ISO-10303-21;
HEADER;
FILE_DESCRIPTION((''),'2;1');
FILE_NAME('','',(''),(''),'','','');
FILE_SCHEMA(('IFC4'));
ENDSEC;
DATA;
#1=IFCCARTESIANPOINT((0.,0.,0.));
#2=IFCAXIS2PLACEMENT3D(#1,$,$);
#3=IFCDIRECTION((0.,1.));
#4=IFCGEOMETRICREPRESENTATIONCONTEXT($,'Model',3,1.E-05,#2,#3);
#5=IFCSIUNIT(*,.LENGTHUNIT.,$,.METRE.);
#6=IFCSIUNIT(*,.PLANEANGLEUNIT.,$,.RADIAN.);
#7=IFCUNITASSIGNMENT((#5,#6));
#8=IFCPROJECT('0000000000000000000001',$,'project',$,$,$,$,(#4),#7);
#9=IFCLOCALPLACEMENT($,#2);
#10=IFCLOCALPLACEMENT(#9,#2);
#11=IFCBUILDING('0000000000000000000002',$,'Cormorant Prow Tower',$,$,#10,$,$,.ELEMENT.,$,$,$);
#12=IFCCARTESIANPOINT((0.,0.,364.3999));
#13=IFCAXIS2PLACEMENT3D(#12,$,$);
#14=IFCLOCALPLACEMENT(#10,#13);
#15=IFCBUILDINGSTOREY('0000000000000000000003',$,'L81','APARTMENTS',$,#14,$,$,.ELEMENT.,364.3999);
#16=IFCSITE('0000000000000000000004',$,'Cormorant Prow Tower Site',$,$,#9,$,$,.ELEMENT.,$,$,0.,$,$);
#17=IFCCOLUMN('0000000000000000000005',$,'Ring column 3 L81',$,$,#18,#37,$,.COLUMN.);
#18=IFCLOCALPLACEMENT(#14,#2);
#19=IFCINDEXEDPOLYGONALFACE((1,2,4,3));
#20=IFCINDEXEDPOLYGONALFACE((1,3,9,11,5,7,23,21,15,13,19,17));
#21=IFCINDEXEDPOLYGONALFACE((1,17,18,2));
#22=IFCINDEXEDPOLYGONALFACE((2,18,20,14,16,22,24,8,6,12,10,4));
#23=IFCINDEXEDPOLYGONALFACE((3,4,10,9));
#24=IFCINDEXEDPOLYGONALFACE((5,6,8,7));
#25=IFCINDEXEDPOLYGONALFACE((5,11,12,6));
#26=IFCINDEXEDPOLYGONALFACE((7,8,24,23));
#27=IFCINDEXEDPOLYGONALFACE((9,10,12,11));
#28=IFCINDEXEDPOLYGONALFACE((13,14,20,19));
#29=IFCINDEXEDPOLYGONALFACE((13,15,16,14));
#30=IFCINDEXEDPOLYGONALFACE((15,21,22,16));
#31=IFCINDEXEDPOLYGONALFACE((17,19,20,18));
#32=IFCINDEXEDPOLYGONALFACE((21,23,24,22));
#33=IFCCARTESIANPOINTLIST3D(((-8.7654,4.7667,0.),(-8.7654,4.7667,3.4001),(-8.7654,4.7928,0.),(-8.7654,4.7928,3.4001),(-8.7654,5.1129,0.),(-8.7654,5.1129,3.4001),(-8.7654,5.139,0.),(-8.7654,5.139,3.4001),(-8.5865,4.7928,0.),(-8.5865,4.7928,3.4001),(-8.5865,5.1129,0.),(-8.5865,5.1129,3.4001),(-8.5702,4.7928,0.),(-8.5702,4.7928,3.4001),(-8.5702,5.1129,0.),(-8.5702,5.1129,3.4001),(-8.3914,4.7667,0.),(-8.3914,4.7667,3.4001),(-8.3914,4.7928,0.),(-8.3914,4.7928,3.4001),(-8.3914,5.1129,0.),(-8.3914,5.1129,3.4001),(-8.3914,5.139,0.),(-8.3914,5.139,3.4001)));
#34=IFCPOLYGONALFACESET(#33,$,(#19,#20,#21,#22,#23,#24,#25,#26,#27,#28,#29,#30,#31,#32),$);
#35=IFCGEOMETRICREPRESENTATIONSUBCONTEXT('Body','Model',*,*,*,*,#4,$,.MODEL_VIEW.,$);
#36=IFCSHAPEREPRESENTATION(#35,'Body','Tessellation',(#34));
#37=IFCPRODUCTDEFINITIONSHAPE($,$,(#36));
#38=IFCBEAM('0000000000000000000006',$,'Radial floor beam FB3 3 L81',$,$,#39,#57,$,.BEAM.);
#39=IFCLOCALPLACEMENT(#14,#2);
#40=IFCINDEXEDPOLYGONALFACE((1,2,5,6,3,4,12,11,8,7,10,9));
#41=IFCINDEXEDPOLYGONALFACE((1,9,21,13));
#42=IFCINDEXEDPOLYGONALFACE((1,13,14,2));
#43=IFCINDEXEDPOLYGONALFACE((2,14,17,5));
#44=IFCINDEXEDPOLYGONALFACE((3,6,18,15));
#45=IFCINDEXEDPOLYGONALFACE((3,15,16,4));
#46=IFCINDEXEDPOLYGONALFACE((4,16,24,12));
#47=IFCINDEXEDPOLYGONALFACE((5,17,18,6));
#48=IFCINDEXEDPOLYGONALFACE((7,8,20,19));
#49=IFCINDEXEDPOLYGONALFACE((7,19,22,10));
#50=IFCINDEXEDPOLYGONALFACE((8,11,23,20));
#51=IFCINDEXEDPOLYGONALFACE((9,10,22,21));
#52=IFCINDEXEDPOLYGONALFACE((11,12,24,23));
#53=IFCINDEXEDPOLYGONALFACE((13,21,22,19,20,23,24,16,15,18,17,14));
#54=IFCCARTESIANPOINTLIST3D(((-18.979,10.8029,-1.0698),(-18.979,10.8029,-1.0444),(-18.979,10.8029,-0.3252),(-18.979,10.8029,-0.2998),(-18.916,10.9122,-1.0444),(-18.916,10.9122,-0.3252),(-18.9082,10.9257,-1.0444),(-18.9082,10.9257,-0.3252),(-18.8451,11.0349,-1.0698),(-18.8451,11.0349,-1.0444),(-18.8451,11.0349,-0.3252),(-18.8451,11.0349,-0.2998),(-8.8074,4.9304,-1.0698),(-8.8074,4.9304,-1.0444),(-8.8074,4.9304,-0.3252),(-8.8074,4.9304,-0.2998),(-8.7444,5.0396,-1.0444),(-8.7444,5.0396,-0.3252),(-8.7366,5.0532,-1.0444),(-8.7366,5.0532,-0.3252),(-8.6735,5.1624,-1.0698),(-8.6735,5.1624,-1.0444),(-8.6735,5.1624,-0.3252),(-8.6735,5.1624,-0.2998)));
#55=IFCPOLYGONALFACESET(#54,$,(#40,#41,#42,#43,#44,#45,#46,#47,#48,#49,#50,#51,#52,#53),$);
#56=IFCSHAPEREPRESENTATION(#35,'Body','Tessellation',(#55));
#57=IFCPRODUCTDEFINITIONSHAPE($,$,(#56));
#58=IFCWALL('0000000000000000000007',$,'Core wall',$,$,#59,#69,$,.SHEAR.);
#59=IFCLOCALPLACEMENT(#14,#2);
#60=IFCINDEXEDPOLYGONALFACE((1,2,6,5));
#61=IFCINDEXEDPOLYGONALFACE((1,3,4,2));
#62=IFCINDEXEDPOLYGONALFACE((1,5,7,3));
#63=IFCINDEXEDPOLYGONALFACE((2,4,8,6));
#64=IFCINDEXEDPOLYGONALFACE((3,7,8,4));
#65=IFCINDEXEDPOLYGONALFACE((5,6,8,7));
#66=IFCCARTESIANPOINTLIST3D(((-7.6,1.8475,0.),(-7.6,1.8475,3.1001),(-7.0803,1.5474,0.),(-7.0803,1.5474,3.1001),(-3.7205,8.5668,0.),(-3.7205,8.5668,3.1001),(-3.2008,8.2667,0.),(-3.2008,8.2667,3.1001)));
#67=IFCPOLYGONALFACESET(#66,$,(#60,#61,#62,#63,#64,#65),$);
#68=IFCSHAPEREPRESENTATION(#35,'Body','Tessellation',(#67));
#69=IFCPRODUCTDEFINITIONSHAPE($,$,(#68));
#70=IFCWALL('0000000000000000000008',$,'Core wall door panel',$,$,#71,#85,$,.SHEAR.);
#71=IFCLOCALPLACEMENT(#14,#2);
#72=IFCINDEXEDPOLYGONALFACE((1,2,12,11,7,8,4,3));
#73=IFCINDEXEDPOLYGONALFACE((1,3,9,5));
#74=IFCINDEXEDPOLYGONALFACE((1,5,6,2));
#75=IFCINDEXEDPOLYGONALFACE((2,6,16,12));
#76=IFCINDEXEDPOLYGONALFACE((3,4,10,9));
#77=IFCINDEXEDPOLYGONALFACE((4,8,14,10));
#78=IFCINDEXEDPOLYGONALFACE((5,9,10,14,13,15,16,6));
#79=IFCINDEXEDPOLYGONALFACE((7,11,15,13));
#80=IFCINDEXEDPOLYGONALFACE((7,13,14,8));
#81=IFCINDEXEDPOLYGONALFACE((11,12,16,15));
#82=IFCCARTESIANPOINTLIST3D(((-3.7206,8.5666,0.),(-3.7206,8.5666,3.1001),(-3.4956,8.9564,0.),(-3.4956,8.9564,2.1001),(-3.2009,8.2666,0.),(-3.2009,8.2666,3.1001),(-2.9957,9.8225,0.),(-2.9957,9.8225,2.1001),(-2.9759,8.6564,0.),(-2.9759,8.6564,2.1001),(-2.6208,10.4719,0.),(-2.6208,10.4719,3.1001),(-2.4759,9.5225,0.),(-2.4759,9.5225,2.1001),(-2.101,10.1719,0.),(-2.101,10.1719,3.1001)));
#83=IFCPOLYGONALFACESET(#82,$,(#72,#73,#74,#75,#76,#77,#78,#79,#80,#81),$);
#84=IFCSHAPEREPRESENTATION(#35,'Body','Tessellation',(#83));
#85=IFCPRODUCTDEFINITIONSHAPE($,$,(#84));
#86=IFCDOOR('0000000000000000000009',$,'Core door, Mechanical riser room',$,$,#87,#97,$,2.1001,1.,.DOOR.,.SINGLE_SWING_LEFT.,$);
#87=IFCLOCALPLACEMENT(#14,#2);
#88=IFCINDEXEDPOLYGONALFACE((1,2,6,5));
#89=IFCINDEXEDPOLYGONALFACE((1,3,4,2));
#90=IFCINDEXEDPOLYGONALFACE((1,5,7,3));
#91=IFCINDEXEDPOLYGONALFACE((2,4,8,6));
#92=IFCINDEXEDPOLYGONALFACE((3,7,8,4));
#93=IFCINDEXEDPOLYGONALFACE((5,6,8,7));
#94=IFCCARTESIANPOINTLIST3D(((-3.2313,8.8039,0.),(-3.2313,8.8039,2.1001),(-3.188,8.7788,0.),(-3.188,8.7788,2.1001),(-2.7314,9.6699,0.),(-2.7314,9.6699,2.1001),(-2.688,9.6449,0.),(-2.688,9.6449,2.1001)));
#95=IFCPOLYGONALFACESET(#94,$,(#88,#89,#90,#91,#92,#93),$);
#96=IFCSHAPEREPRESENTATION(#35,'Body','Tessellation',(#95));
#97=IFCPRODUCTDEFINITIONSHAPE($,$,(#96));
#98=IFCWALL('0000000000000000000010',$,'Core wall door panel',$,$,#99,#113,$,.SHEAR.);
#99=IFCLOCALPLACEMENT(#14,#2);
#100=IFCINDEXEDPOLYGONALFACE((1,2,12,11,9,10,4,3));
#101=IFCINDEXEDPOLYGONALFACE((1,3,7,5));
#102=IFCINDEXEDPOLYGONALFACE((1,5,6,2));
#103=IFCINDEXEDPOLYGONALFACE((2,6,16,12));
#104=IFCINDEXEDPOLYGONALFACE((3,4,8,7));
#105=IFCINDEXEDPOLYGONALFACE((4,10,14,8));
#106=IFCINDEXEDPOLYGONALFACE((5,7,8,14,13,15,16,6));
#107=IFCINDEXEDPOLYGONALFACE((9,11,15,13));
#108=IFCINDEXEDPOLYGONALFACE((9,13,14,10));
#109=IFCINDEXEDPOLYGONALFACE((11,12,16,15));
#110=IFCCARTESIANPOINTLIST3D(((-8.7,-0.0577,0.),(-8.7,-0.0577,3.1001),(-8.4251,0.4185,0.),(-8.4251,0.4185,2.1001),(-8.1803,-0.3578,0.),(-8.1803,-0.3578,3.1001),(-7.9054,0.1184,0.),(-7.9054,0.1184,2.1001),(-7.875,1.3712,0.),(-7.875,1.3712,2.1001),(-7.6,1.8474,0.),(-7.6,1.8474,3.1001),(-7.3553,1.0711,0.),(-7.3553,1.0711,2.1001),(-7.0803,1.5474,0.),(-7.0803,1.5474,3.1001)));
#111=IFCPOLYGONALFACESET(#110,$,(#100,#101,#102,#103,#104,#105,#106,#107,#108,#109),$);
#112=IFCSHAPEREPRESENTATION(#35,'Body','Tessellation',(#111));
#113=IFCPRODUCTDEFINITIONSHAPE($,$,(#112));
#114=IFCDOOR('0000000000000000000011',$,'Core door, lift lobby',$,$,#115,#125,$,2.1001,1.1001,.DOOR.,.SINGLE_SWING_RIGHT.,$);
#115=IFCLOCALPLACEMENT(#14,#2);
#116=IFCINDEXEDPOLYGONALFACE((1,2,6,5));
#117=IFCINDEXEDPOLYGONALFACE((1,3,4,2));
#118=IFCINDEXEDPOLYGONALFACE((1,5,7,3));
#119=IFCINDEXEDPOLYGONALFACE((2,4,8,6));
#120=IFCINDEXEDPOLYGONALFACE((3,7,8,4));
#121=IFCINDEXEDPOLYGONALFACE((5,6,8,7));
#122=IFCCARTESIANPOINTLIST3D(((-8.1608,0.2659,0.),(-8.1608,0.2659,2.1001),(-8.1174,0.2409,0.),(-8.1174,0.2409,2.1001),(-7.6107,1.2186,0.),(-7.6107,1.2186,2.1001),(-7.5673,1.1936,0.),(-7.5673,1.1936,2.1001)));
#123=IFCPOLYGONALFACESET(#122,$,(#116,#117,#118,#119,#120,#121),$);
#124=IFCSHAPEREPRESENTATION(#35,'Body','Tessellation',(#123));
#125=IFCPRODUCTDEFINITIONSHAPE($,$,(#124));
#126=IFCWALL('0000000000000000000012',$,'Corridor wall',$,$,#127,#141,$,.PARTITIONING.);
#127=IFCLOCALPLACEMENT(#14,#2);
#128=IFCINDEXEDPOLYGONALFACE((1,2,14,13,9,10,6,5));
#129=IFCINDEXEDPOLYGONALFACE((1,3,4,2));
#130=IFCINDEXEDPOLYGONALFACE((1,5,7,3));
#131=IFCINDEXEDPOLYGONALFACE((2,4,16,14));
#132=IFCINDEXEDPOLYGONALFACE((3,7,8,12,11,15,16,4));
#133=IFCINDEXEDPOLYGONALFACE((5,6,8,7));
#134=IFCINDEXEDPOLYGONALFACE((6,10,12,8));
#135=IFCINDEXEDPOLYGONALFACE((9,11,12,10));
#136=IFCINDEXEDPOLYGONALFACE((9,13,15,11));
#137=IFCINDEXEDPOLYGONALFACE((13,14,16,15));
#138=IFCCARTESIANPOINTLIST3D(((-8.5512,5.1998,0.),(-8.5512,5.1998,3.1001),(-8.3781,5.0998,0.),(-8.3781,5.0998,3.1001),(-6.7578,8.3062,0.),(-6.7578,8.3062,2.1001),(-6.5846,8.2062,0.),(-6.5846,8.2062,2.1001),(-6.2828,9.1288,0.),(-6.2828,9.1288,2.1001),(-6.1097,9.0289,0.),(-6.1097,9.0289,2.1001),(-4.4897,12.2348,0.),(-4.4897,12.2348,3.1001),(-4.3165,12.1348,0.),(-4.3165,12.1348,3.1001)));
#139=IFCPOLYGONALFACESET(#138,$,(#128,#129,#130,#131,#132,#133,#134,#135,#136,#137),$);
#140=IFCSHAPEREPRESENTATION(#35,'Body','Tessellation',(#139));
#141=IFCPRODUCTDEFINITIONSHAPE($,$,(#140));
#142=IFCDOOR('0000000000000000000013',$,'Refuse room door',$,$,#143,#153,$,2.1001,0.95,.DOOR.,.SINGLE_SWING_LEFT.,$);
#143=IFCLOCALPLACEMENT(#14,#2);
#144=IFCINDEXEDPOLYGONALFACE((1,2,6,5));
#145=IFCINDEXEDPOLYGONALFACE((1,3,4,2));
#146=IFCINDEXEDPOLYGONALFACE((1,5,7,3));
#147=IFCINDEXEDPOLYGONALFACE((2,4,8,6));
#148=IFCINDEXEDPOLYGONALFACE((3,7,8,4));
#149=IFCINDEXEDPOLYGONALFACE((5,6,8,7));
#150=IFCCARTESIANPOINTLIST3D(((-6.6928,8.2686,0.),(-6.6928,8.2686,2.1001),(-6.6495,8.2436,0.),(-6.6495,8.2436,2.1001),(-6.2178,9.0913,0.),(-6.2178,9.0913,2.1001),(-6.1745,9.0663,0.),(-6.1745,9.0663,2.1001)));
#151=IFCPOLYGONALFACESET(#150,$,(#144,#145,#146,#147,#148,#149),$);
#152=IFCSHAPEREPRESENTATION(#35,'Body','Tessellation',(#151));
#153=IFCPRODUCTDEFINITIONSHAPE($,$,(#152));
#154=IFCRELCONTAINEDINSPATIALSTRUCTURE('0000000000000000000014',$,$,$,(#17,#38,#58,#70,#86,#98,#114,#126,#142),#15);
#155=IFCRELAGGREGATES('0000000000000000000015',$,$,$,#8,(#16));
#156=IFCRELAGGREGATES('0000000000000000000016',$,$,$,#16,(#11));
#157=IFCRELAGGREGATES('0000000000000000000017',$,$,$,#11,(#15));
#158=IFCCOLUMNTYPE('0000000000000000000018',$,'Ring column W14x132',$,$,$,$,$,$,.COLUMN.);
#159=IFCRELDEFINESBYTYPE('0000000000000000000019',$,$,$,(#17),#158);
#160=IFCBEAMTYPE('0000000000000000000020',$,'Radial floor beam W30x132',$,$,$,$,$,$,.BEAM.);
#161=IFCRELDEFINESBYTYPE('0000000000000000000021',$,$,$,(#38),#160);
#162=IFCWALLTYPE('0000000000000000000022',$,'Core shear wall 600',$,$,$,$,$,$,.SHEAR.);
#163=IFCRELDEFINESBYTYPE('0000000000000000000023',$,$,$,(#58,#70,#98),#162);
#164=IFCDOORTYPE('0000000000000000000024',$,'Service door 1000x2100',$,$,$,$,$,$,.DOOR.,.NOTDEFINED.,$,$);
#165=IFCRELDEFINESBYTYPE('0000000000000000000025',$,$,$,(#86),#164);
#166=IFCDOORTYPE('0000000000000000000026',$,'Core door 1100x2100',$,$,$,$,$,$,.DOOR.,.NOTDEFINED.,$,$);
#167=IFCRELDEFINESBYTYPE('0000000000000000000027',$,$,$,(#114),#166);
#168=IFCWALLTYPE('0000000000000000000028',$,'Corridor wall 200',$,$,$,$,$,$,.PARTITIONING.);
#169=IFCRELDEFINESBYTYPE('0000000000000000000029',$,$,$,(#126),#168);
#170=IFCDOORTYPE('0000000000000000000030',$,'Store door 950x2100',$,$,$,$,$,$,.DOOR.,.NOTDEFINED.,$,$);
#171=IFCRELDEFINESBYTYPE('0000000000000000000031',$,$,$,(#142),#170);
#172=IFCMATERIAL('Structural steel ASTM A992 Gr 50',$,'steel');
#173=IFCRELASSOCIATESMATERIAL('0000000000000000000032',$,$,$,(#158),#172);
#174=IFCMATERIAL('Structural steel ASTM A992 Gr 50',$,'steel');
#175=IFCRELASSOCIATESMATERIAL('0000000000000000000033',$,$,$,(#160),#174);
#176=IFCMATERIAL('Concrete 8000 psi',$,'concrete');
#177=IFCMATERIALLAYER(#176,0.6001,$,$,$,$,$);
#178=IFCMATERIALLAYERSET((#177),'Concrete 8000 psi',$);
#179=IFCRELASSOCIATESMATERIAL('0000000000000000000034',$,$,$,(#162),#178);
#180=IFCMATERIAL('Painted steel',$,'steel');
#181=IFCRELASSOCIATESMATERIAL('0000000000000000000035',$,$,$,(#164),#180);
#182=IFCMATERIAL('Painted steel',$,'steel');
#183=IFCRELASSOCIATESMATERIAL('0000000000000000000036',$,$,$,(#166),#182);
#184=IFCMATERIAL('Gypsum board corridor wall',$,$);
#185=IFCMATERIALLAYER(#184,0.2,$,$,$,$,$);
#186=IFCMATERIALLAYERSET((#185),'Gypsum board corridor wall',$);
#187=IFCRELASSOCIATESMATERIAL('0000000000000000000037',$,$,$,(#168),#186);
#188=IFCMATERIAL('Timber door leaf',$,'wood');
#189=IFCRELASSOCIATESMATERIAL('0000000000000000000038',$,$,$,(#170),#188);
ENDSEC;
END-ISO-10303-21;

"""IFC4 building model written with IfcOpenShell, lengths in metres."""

from ifc_helpers import new_model, si_unit, direction, frame, frame_2d, origin, origin_2d, place, context, subcontext, project, spatial, rectangle, i_section, extrude, material, layer, layer_set, material_profile, profile_set, type_object, element, fill, save


model = new_model("IFC4")

# Units and contexts
model_context = context("Model", 3, precision=1e-05, world=origin(), true_north=direction((0.0, 1.0)))
body_context = subcontext(model_context, "Body", "Model", "MODEL_VIEW")
ifc_project = project(units=[si_unit("LENGTHUNIT", "METRE"), si_unit("PLANEANGLEUNIT", "RADIAN")], contexts=[model_context])

# Site, building, storey
site_placement = place(None, origin())
site = spatial("IfcSite", under=ifc_project, at=site_placement, Name="Cormorant Prow Tower Site", CompositionType="ELEMENT", RefElevation=0.0)
building_placement = place(site_placement, origin())
building = spatial("IfcBuilding", under=site, at=building_placement, Name="Cormorant Prow Tower", CompositionType="ELEMENT")
storey_placement = place(building_placement, frame((0.0, 0.0, 364.3999)))
storey = spatial("IfcBuildingStorey", under=building, at=storey_placement, Name="L81", Description="APARTMENTS", CompositionType="ELEMENT", Elevation=364.3999)

# Column
ifc_material_1 = material(Name="Structural steel ASTM A992 Gr 50", Category="steel")
ifc_material_profile_1 = material_profile(ifc_material_1, i_section(OverallWidth=0.374, OverallDepth=0.3723, WebThickness=0.0164, FlangeThickness=0.0261, at=origin_2d()), Name="W14x132")
ifc_profile_set_1 = profile_set([ifc_material_profile_1], Name="Structural steel ASTM A992 Gr 50")
column_type = type_object("IfcColumnType", Name="Ring column W14x132", PredefinedType="COLUMN", material=ifc_profile_set_1)
column_placement = place(storey_placement, frame((-8.5784, 4.9529, 0.0), z_axis=(0.0, 0.0, 1.0), x_axis=(1.0, 0.0, 0.0)))
element("IfcColumn", 1, at=column_placement, inside=storey, type_object=column_type, Name="Ring column 3 L81", PredefinedType="COLUMN", context=body_context, shape_type="SweptSolid", body=[
    extrude(i_section(OverallWidth=0.374, OverallDepth=0.3723, WebThickness=0.0164, FlangeThickness=0.0261, at=origin_2d()), origin(), (0.0, 0.0, 1.0), 3.4001),
])

# Beam
ifc_material_2 = material(Name="Structural steel ASTM A992 Gr 50", Category="steel")
ifc_material_profile_2 = material_profile(ifc_material_2, i_section(OverallWidth=0.2678, OverallDepth=0.77, WebThickness=0.0156, FlangeThickness=0.0254, at=origin_2d()), Name="W30x132")
ifc_profile_set_2 = profile_set([ifc_material_profile_2], Name="Structural steel ASTM A992 Gr 50")
beam_type = type_object("IfcBeamType", Name="Radial floor beam W30x132", PredefinedType="BEAM", material=ifc_profile_set_2)
beam_placement = place(storey_placement, frame((-8.7405, 5.0464, -0.6848), z_axis=(-0.866027, 0.499998, 0.0), x_axis=(-0.499998, -0.866027, 0.0)))
element("IfcBeam", 2, at=beam_placement, inside=storey, type_object=beam_type, Name="Radial floor beam FB3 3 L81", PredefinedType="BEAM", context=body_context, shape_type="SweptSolid", body=[
    extrude(i_section(OverallWidth=0.2678, OverallDepth=0.77, WebThickness=0.0156, FlangeThickness=0.0254, at=origin_2d()), origin(), (0.0, 0.0, 1.0), 11.7451),
])

# Wall
ifc_material_3 = material(Name="Concrete 8000 psi", Category="concrete")
ifc_layer_1 = layer(ifc_material_3, 0.6001)
ifc_layer_set_1 = layer_set([ifc_layer_1], Name="Concrete 8000 psi")
wall_type_1 = type_object("IfcWallType", Name="Core shear wall 600", PredefinedType="SHEAR", material=ifc_layer_set_1)
wall_1_placement = place(storey_placement, frame((-3.4607, 8.4167, 0.0), z_axis=(0.0, 0.0, 1.0), x_axis=(-0.500004, -0.866023, 0.0)))
element("IfcWall", 3, at=wall_1_placement, inside=storey, type_object=wall_type_1, Name="Core wall", PredefinedType="SHEAR", context=body_context, shape_type="SweptSolid", body=[
    extrude(rectangle(XDim=7.7588, YDim=0.6001, at=frame_2d((3.8794, 0.0))), origin(), (0.0, 0.0, 1.0), 3.1001),
])

# Walls, openings, doors
wall_2_placement = place(storey_placement, frame((-2.3608, 10.322, 0.0), z_axis=(0.0, 0.0, 1.0), x_axis=(-0.499947, -0.866056, 0.0)))
wall_2 = element("IfcWall", 4, at=wall_2_placement, inside=storey, type_object=wall_type_1, Name="Core wall door panel", PredefinedType="SHEAR", context=body_context, shape_type="SweptSolid", body=[
    extrude(rectangle(XDim=2.2, YDim=0.6001, at=frame_2d((1.1001, 0.0))), origin(), (0.0, 0.0, 1.0), 3.1001),
])
opening_1_placement = place(wall_2_placement, frame((0.75, 0.0, 0.0)))
opening_1 = element("IfcOpeningElement", 5, at=opening_1_placement, cuts=wall_2, PredefinedType="OPENING", context=body_context, shape_type="SweptSolid", body=[
    extrude(rectangle(XDim=1.0, YDim=2.1001, at=frame_2d((0.5, 1.05))), frame((0.0, 0.3101, 0.0), z_axis=(0.0, -1.0, 0.0), x_axis=(1.0, 0.0, 0.0)), (0.0, 0.0, 1.0), 0.6201),
])
ifc_material_4 = material(Name="Painted steel", Category="steel")
door_type_1 = type_object("IfcDoorType", Name="Service door 1000x2100", OperationType="NOTDEFINED", PredefinedType="DOOR", material=ifc_material_4)
door_1_placement = place(opening_1_placement, origin())
door_1 = element("IfcDoor", 6, at=door_1_placement, inside=storey, type_object=door_type_1, Name="Core door, Mechanical riser room", OperationType="SINGLE_SWING_LEFT", OverallHeight=2.1001, OverallWidth=1.0, PredefinedType="DOOR", context=body_context, shape_type="SweptSolid", body=[
    extrude(rectangle(XDim=1.0, YDim=2.1001, at=frame_2d((0.5, 1.05))), frame((0.0, 0.0552, 0.0), z_axis=(0.0, -1.0, 0.0), x_axis=(1.0, 0.0, 0.0)), (0.0, 0.0, 1.0), 0.05),
])
fill(opening_1, door_1)
wall_3_placement = place(storey_placement, frame((-7.3401, 1.6975, 0.0), z_axis=(0.0, 0.0, 1.0), x_axis=(-0.50003, -0.866008, 0.0)))
wall_3 = element("IfcWall", 7, at=wall_3_placement, inside=storey, type_object=wall_type_1, Name="Core wall door panel", PredefinedType="SHEAR", context=body_context, shape_type="SweptSolid", body=[
    extrude(rectangle(XDim=2.2, YDim=0.6001, at=frame_2d((1.1001, 0.0))), origin(), (0.0, 0.0, 1.0), 3.1001),
])
opening_2_placement = place(wall_3_placement, frame((0.55, 0.0, 0.0)))
opening_2 = element("IfcOpeningElement", 8, at=opening_2_placement, cuts=wall_3, PredefinedType="OPENING", context=body_context, shape_type="SweptSolid", body=[
    extrude(rectangle(XDim=1.1001, YDim=2.1001, at=frame_2d((0.55, 1.05))), frame((0.0, 0.3101, 0.0), z_axis=(0.0, -1.0, 0.0), x_axis=(1.0, 0.0, 0.0)), (0.0, 0.0, 1.0), 0.6201),
])
ifc_material_5 = material(Name="Painted steel", Category="steel")
door_type_2 = type_object("IfcDoorType", Name="Core door 1100x2100", OperationType="NOTDEFINED", PredefinedType="DOOR", material=ifc_material_5)
door_2_placement = place(opening_2_placement, origin())
door_2 = element("IfcDoor", 9, at=door_2_placement, inside=storey, type_object=door_type_2, Name="Core door, lift lobby", OperationType="SINGLE_SWING_RIGHT", OverallHeight=2.1001, OverallWidth=1.1001, PredefinedType="DOOR", context=body_context, shape_type="SweptSolid", body=[
    extrude(rectangle(XDim=1.1001, YDim=2.1001, at=frame_2d((0.55, 1.05))), frame((0.0, 0.0552, 0.0), z_axis=(0.0, -1.0, 0.0), x_axis=(1.0, 0.0, 0.0)), (0.0, 0.0, 1.0), 0.05),
])
fill(opening_2, door_2)
ifc_material_6 = material(Name="Gypsum board corridor wall")
ifc_layer_2 = layer(ifc_material_6, 0.2)
ifc_layer_set_2 = layer_set([ifc_layer_2], Name="Gypsum board corridor wall")
wall_type_2 = type_object("IfcWallType", Name="Corridor wall 200", PredefinedType="PARTITIONING", material=ifc_layer_set_2)
wall_4_placement = place(storey_placement, frame((-8.4646, 5.1499, 0.0), z_axis=(0.0, 0.0, 1.0), x_axis=(0.499992, 0.86603, 0.0)))
wall_4 = element("IfcWall", 10, at=wall_4_placement, inside=storey, type_object=wall_type_2, Name="Corridor wall", PredefinedType="PARTITIONING", context=body_context, shape_type="SweptSolid", body=[
    extrude(rectangle(XDim=8.1233, YDim=0.2, at=frame_2d((4.0615, 0.0))), origin(), (0.0, 0.0, 1.0), 3.1001),
])
opening_3_placement = place(wall_4_placement, frame((3.5867, 0.0, 0.0)))
opening_3 = element("IfcOpeningElement", 11, at=opening_3_placement, cuts=wall_4, PredefinedType="OPENING", context=body_context, shape_type="SweptSolid", body=[
    extrude(rectangle(XDim=0.95, YDim=2.1001, at=frame_2d((0.4751, 1.05))), frame((0.0, 0.1099, 0.0), z_axis=(0.0, -1.0, 0.0), x_axis=(1.0, 0.0, 0.0)), (0.0, 0.0, 1.0), 0.22),
])
ifc_material_7 = material(Name="Timber door leaf", Category="wood")
door_type_3 = type_object("IfcDoorType", Name="Store door 950x2100", OperationType="NOTDEFINED", PredefinedType="DOOR", material=ifc_material_7)
door_3_placement = place(opening_3_placement, origin())
door_3 = element("IfcDoor", 12, at=door_3_placement, inside=storey, type_object=door_type_3, Name="Refuse room door", OperationType="SINGLE_SWING_LEFT", OverallHeight=2.1001, OverallWidth=0.95, PredefinedType="DOOR", context=body_context, shape_type="SweptSolid", body=[
    extrude(rectangle(XDim=0.95, YDim=2.1001, at=frame_2d((0.4751, 1.05))), frame((0.0, 0.0249, 0.0), z_axis=(0.0, -1.0, 0.0), x_axis=(1.0, 0.0, 0.0)), (0.0, 0.0, 1.0), 0.05),
])
fill(opening_3, door_3)

save(model, "model.ifc")
